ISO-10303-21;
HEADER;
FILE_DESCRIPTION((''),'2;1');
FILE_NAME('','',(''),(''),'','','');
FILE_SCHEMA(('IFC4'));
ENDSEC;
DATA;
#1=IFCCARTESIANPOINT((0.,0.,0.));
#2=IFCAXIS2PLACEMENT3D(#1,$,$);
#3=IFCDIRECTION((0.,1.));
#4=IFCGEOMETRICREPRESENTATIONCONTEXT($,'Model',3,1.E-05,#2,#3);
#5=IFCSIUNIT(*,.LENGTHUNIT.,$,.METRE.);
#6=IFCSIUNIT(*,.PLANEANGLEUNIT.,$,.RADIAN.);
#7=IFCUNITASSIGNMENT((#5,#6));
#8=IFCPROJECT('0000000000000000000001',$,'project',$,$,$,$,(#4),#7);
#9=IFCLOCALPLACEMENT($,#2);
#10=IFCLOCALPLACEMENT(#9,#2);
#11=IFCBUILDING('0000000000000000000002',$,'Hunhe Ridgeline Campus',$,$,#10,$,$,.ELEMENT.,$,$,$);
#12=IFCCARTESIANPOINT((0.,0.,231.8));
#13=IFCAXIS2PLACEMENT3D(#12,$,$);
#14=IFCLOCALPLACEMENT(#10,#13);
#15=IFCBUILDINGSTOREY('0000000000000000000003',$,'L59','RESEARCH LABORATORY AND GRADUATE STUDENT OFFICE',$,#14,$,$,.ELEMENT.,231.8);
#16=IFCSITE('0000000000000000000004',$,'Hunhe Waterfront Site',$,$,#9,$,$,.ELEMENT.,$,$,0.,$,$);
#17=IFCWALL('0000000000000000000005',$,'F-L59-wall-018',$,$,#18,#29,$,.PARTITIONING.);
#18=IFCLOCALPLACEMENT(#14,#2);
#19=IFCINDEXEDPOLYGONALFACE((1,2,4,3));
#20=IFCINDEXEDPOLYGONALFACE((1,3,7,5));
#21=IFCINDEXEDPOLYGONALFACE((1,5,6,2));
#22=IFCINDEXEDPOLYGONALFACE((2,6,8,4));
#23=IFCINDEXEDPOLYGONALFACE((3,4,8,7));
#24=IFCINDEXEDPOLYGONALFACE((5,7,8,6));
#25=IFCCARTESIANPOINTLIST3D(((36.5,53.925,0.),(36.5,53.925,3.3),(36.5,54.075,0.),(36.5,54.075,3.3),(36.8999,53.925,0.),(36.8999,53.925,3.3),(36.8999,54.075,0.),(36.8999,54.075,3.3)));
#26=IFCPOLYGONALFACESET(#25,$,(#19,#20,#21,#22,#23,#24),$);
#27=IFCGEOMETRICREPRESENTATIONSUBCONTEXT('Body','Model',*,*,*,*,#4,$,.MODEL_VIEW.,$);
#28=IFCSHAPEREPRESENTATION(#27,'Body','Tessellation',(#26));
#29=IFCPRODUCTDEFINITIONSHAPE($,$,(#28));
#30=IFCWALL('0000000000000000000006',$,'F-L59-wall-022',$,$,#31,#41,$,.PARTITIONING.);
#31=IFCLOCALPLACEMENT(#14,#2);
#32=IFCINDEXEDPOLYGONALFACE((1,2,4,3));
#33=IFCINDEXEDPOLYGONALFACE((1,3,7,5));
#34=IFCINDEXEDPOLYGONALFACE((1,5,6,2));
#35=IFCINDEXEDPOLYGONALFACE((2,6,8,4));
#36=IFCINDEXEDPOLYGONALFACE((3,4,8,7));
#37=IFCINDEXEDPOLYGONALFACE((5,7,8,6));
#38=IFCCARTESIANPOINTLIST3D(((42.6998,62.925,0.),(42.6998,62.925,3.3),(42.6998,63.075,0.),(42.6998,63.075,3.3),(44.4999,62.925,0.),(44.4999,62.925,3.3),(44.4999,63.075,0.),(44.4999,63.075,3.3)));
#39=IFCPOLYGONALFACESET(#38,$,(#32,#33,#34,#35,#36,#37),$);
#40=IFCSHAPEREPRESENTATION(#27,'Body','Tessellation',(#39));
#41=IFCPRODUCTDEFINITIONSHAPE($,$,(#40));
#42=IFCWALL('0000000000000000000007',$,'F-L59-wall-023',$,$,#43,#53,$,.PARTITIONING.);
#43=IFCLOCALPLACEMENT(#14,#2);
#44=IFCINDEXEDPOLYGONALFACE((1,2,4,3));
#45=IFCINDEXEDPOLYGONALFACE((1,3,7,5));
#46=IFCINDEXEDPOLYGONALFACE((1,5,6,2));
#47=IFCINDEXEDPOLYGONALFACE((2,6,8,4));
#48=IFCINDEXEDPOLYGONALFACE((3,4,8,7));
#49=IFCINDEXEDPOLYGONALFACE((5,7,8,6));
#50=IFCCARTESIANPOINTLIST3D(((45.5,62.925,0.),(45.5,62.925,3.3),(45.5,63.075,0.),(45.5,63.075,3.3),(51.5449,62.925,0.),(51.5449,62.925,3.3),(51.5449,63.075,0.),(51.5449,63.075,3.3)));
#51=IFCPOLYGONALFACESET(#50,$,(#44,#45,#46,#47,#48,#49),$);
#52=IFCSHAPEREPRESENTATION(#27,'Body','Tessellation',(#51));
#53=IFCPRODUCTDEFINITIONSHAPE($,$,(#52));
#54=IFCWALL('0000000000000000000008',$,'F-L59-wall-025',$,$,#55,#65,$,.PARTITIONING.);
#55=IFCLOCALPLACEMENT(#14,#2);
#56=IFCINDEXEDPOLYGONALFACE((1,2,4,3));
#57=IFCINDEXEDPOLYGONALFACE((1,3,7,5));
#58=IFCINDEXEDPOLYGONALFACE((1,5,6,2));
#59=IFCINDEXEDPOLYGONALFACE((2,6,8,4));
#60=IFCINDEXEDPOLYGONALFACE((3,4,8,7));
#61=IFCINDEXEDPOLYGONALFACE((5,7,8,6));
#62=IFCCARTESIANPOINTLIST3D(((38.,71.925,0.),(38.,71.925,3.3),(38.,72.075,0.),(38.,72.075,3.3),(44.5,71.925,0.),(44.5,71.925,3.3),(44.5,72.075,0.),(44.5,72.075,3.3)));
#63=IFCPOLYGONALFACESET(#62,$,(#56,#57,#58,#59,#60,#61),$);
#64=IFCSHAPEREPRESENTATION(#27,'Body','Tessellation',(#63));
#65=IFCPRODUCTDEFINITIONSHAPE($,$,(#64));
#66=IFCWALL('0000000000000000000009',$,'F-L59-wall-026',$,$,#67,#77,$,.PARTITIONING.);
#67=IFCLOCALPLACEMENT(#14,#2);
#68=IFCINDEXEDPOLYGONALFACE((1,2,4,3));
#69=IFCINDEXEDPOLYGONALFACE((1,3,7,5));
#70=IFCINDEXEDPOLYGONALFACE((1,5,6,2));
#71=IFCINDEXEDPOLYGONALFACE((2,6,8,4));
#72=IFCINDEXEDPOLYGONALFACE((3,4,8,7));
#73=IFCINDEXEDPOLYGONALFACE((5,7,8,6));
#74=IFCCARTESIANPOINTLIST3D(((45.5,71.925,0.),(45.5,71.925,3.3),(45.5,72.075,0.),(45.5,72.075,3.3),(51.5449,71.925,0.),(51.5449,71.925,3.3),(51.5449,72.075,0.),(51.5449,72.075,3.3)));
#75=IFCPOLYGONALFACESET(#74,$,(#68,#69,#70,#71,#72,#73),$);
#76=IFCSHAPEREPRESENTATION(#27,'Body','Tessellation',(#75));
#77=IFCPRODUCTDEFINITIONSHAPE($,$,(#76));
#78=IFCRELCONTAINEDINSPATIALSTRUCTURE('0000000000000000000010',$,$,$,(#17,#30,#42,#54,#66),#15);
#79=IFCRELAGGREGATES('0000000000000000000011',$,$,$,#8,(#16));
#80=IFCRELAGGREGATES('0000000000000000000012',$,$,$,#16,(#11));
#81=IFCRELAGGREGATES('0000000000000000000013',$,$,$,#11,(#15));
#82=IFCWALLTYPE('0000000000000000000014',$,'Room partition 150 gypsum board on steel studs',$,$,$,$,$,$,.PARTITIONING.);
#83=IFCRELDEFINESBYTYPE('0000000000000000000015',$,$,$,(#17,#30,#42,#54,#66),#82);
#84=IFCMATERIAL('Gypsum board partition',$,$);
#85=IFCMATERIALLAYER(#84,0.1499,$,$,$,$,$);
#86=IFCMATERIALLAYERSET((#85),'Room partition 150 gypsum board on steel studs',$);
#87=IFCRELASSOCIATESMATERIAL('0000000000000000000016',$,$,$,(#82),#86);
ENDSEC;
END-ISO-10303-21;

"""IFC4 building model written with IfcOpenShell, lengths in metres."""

from ifc_helpers import new_model, si_unit, direction, frame, frame_2d, origin, place, context, subcontext, project, spatial, rectangle, extrude, material, layer, layer_set, type_object, element, save


model = new_model("IFC4")

# Units and contexts
model_context = context("Model", 3, precision=1e-05, world=origin(), true_north=direction((0.0, 1.0)))
body_context = subcontext(model_context, "Body", "Model", "MODEL_VIEW")
ifc_project = project(units=[si_unit("LENGTHUNIT", "METRE"), si_unit("PLANEANGLEUNIT", "RADIAN")], contexts=[model_context])

# Site, building, storey
site_placement = place(None, origin())
site = spatial("IfcSite", under=ifc_project, at=site_placement, Name="Hunhe Waterfront Site", CompositionType="ELEMENT", RefElevation=0.0)
building_placement = place(site_placement, origin())
building = spatial("IfcBuilding", under=site, at=building_placement, Name="Hunhe Ridgeline Campus", CompositionType="ELEMENT")
storey_placement = place(building_placement, frame((0.0, 0.0, 231.8)))
storey = spatial("IfcBuildingStorey", under=building, at=storey_placement, Name="L59", Description="RESEARCH LABORATORY AND GRADUATE STUDENT OFFICE", CompositionType="ELEMENT", Elevation=231.8)

# Shared definitions
ifc_material_1 = material(Name="Gypsum board partition")

# Walls
ifc_layer_1 = layer(ifc_material_1, 0.1499)
ifc_layer_set_1 = layer_set([ifc_layer_1], Name="Room partition 150 gypsum board on steel studs")
wall_type_1 = type_object("IfcWallType", Name="Room partition 150 gypsum board on steel studs", PredefinedType="PARTITIONING", material=ifc_layer_set_1)
wall_1_placement = place(storey_placement, frame((36.5, 54.0, 0.0), z_axis=(0.0, 0.0, 1.0), x_axis=(1.0, 0.0, 0.0)))
element("IfcWall", 1, at=wall_1_placement, inside=storey, type_object=wall_type_1, Name="F-L59-wall-018", PredefinedType="PARTITIONING", context=body_context, shape_type="SweptSolid", body=[
    extrude(rectangle(XDim=0.3999, YDim=0.1499, at=frame_2d((0.2, 0.0))), origin(), (0.0, 0.0, 1.0), 3.3),
])
wall_2_placement = place(storey_placement, frame((42.7, 63.0, 0.0), z_axis=(0.0, 0.0, 1.0), x_axis=(1.0, 0.0, 0.0)))
element("IfcWall", 2, at=wall_2_placement, inside=storey, type_object=wall_type_1, Name="F-L59-wall-022", PredefinedType="PARTITIONING", context=body_context, shape_type="SweptSolid", body=[
    extrude(rectangle(XDim=1.8, YDim=0.1499, at=frame_2d((0.8999, 0.0))), origin(), (0.0, 0.0, 1.0), 3.3),
])
wall_3_placement = place(storey_placement, frame((45.5, 63.0, 0.0), z_axis=(0.0, 0.0, 1.0), x_axis=(1.0, 0.0, 0.0)))
element("IfcWall", 3, at=wall_3_placement, inside=storey, type_object=wall_type_1, Name="F-L59-wall-023", PredefinedType="PARTITIONING", context=body_context, shape_type="SweptSolid", body=[
    extrude(rectangle(XDim=6.0449, YDim=0.1499, at=frame_2d((3.0225, 0.0))), origin(), (0.0, 0.0, 1.0), 3.3),
])
wall_4_placement = place(storey_placement, frame((38.0, 72.0, 0.0), z_axis=(0.0, 0.0, 1.0), x_axis=(1.0, 0.0, 0.0)))
element("IfcWall", 4, at=wall_4_placement, inside=storey, type_object=wall_type_1, Name="F-L59-wall-025", PredefinedType="PARTITIONING", context=body_context, shape_type="SweptSolid", body=[
    extrude(rectangle(XDim=6.5, YDim=0.1499, at=frame_2d((3.25, 0.0))), origin(), (0.0, 0.0, 1.0), 3.3),
])
wall_5_placement = place(storey_placement, frame((45.5, 72.0, 0.0), z_axis=(0.0, 0.0, 1.0), x_axis=(1.0, 0.0, 0.0)))
element("IfcWall", 5, at=wall_5_placement, inside=storey, type_object=wall_type_1, Name="F-L59-wall-026", PredefinedType="PARTITIONING", context=body_context, shape_type="SweptSolid", body=[
    extrude(rectangle(XDim=6.0449, YDim=0.1499, at=frame_2d((3.0225, 0.0))), origin(), (0.0, 0.0, 1.0), 3.3),
])

save(model, "model.ifc")
